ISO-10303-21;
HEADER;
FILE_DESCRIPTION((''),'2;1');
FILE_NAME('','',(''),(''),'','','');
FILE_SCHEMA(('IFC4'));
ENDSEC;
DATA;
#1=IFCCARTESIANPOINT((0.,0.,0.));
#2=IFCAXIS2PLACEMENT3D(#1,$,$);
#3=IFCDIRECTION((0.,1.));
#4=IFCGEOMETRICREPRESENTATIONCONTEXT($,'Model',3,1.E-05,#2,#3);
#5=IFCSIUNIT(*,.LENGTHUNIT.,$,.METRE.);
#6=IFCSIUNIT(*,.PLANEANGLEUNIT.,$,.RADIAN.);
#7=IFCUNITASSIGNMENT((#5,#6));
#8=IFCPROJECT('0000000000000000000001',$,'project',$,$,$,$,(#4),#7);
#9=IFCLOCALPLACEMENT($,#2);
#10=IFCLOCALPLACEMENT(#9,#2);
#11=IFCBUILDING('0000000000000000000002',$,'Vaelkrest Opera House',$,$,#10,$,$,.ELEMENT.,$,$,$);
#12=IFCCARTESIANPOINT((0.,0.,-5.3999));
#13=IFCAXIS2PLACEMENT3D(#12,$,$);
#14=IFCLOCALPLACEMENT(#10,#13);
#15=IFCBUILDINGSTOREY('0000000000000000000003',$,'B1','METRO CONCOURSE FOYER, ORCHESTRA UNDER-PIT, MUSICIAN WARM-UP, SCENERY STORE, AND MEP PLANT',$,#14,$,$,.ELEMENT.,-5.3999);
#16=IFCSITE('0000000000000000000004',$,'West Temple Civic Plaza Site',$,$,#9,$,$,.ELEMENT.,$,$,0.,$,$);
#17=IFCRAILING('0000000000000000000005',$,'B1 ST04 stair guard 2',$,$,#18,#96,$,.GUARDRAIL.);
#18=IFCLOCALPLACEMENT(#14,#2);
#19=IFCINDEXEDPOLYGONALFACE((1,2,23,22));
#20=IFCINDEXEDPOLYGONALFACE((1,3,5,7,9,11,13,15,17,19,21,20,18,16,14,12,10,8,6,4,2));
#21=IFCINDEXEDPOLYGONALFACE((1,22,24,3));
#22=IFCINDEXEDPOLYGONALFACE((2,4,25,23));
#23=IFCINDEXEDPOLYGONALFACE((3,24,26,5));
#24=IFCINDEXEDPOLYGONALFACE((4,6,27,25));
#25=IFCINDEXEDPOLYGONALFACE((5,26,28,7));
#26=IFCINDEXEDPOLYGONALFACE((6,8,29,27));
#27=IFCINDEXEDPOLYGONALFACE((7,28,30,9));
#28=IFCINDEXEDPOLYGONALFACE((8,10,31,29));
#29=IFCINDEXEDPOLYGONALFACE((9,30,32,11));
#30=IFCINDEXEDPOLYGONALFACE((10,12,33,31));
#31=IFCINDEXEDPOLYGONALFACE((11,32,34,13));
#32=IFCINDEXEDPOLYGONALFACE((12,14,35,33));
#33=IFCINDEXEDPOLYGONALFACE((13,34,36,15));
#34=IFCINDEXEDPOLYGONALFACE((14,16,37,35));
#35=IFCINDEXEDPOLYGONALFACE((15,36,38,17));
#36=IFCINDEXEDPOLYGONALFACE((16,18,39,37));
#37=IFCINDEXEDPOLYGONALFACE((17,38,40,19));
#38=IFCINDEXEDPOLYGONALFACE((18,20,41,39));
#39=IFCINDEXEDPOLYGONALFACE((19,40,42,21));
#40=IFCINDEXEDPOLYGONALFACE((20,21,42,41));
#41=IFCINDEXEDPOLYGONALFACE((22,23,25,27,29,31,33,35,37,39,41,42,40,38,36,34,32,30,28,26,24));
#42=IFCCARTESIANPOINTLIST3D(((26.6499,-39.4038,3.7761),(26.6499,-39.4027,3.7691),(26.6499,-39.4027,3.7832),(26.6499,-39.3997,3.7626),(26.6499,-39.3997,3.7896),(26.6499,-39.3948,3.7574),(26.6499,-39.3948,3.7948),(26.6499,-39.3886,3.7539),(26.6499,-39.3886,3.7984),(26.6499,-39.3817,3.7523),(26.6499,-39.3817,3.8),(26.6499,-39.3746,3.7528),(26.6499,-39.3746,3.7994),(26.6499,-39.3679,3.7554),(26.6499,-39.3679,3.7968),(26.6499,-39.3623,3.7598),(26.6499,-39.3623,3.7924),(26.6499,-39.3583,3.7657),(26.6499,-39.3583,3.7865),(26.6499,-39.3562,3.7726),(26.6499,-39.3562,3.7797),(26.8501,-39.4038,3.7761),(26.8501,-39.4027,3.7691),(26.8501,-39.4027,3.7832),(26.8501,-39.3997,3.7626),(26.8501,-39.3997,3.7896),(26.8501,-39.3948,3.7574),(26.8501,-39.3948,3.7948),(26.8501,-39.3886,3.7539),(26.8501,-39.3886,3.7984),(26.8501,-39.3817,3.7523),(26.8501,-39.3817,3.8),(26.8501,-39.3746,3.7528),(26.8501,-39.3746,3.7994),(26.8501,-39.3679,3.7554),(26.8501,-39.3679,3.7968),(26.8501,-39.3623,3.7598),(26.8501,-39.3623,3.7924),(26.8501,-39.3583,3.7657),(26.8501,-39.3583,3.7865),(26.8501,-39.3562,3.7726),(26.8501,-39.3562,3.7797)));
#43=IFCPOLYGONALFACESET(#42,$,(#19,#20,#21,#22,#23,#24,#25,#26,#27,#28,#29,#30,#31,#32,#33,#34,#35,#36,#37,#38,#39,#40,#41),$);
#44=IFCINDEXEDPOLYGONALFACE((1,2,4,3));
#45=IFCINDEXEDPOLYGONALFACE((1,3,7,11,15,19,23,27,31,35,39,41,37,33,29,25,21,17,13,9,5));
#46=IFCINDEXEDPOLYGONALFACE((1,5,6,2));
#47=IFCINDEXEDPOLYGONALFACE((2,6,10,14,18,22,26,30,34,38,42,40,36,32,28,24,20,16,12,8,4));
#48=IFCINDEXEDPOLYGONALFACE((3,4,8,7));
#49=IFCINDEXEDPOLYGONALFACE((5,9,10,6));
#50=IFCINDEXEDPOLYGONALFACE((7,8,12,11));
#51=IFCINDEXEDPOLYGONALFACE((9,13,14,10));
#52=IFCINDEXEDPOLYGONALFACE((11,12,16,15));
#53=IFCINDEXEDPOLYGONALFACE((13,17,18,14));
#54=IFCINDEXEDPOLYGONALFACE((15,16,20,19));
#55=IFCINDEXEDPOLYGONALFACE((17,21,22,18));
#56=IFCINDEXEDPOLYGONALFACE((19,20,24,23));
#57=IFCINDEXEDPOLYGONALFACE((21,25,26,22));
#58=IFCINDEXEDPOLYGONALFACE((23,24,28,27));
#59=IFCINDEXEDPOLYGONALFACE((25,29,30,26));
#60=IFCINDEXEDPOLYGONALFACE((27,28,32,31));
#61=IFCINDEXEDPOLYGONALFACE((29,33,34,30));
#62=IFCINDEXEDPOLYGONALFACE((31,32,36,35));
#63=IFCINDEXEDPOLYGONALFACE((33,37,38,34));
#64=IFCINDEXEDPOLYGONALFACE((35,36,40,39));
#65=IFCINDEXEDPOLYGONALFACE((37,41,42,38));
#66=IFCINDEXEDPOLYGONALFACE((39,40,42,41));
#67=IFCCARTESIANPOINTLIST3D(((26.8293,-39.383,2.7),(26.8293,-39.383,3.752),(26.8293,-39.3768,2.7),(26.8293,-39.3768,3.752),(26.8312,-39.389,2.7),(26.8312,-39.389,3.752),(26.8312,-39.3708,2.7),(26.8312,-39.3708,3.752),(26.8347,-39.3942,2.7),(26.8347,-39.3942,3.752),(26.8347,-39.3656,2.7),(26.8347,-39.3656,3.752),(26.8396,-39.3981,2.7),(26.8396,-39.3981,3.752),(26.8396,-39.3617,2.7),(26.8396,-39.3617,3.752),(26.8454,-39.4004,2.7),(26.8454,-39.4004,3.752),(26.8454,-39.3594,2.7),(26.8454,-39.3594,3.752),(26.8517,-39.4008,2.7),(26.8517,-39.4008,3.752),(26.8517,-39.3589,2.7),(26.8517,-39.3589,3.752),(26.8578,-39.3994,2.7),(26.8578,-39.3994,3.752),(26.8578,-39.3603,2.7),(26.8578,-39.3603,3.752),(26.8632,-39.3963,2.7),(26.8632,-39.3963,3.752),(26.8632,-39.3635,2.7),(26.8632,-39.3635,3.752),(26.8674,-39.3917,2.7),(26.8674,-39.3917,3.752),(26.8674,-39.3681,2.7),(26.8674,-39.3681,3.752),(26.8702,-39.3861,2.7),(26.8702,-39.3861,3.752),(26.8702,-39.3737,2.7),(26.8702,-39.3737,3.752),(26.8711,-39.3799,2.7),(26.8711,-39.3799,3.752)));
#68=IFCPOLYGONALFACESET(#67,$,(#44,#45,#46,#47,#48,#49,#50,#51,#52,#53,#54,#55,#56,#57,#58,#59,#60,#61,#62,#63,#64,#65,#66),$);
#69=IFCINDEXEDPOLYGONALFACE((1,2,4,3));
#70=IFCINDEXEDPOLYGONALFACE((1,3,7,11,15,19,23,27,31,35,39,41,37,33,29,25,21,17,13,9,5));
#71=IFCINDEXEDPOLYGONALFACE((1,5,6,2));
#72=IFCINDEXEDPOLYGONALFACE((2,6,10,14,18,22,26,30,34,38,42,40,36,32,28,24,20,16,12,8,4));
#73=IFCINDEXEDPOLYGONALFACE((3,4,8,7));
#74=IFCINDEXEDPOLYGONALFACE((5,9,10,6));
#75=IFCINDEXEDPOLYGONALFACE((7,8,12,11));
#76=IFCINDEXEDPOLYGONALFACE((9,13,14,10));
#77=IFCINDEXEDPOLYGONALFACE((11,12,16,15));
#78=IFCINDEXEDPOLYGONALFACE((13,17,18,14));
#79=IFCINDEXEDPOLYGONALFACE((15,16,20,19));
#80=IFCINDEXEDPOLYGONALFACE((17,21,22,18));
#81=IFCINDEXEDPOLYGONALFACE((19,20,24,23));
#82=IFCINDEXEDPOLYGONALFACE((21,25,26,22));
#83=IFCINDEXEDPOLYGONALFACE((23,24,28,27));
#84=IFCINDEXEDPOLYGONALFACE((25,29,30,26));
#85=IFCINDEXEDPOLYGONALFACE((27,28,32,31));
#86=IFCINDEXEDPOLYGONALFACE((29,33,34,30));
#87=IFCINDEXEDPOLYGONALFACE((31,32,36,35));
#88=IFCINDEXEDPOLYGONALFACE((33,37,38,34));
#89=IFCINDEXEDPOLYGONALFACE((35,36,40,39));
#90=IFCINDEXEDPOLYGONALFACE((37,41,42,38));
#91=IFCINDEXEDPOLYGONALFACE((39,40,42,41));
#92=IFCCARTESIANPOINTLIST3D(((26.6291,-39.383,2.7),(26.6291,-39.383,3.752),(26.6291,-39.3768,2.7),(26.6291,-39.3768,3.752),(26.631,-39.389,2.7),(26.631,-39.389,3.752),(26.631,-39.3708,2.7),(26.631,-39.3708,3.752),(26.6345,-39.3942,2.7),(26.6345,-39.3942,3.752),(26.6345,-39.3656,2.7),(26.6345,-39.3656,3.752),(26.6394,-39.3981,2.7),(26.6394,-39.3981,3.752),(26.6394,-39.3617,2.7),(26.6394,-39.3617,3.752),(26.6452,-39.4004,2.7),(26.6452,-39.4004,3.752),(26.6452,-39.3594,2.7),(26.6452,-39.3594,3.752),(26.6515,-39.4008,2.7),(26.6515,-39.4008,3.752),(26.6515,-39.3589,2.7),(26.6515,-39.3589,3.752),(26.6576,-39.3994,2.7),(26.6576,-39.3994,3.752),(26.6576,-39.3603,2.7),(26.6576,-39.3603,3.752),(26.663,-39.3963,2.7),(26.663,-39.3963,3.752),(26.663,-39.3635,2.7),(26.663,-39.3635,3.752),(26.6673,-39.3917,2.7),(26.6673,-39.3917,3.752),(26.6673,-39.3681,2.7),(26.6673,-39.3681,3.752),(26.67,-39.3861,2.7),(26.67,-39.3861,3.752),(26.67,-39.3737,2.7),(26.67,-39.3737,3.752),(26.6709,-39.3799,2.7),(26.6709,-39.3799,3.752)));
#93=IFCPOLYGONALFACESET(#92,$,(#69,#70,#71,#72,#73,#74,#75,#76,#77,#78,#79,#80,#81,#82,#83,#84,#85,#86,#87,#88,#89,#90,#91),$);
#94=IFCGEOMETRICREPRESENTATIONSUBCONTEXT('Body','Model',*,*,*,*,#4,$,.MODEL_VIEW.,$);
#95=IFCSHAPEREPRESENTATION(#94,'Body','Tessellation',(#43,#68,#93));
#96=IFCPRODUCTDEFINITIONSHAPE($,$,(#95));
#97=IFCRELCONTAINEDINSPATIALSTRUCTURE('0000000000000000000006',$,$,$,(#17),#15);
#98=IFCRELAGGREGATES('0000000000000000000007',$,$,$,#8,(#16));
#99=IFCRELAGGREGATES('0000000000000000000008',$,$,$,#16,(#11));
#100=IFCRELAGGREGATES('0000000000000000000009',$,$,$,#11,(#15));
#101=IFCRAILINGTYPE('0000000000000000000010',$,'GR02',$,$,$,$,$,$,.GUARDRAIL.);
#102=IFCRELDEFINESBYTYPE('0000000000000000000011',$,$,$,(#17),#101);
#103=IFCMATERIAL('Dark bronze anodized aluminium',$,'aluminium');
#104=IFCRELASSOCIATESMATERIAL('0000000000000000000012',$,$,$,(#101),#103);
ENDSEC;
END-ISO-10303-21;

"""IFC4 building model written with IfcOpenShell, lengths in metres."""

from ifc_helpers import new_model, si_unit, direction, frame, origin, origin_2d, place, context, subcontext, project, spatial, circle, extrude, material, type_object, element, save


model = new_model("IFC4")

# Units and contexts
model_context = context("Model", 3, precision=1e-05, world=origin(), true_north=direction((0.0, 1.0)))
body_context = subcontext(model_context, "Body", "Model", "MODEL_VIEW")
ifc_project = project(units=[si_unit("LENGTHUNIT", "METRE"), si_unit("PLANEANGLEUNIT", "RADIAN")], contexts=[model_context])

# Site, building, storey
site_placement = place(None, origin())
site = spatial("IfcSite", under=ifc_project, at=site_placement, Name="West Temple Civic Plaza Site", CompositionType="ELEMENT", RefElevation=0.0)
building_placement = place(site_placement, origin())
building = spatial("IfcBuilding", under=site, at=building_placement, Name="Vaelkrest Opera House", CompositionType="ELEMENT")
storey_placement = place(building_placement, frame((0.0, 0.0, -5.3999)))
storey = spatial("IfcBuildingStorey", under=building, at=storey_placement, Name="B1", Description="METRO CONCOURSE FOYER, ORCHESTRA UNDER-PIT, MUSICIAN WARM-UP, SCENERY STORE, AND MEP PLANT", CompositionType="ELEMENT", Elevation=-5.3999)

# Shared definitions
ifc_material_1 = material(Name="Dark bronze anodized aluminium", Category="aluminium")

# Railing
railing_type_1 = type_object("IfcRailingType", Name="GR02", PredefinedType="GUARDRAIL", material=ifc_material_1)
railing_1_placement = place(storey_placement, frame((26.8501, -39.3799, 2.7)))
element("IfcRailing", 1, at=railing_1_placement, inside=storey, type_object=railing_type_1, Name="B1 ST04 stair guard 2", PredefinedType="GUARDRAIL", context=body_context, shape_type="SweptSolid", body=[
    extrude(circle(Radius=0.0239, at=origin_2d()), frame((0.0, 0.0, 1.0762), z_axis=(-1.0, 0.0, 0.0), x_axis=(0.0, -1.0, 0.0)), (0.0, 0.0, 1.0), 0.2002),
    extrude(circle(Radius=0.021, at=origin_2d()), origin(), (0.0, 0.0, 1.0), 1.052),
    extrude(circle(Radius=0.021, at=origin_2d()), frame((-0.2002, 0.0, 0.0)), (0.0, 0.0, 1.0), 1.052),
])

save(model, "model.ifc")
